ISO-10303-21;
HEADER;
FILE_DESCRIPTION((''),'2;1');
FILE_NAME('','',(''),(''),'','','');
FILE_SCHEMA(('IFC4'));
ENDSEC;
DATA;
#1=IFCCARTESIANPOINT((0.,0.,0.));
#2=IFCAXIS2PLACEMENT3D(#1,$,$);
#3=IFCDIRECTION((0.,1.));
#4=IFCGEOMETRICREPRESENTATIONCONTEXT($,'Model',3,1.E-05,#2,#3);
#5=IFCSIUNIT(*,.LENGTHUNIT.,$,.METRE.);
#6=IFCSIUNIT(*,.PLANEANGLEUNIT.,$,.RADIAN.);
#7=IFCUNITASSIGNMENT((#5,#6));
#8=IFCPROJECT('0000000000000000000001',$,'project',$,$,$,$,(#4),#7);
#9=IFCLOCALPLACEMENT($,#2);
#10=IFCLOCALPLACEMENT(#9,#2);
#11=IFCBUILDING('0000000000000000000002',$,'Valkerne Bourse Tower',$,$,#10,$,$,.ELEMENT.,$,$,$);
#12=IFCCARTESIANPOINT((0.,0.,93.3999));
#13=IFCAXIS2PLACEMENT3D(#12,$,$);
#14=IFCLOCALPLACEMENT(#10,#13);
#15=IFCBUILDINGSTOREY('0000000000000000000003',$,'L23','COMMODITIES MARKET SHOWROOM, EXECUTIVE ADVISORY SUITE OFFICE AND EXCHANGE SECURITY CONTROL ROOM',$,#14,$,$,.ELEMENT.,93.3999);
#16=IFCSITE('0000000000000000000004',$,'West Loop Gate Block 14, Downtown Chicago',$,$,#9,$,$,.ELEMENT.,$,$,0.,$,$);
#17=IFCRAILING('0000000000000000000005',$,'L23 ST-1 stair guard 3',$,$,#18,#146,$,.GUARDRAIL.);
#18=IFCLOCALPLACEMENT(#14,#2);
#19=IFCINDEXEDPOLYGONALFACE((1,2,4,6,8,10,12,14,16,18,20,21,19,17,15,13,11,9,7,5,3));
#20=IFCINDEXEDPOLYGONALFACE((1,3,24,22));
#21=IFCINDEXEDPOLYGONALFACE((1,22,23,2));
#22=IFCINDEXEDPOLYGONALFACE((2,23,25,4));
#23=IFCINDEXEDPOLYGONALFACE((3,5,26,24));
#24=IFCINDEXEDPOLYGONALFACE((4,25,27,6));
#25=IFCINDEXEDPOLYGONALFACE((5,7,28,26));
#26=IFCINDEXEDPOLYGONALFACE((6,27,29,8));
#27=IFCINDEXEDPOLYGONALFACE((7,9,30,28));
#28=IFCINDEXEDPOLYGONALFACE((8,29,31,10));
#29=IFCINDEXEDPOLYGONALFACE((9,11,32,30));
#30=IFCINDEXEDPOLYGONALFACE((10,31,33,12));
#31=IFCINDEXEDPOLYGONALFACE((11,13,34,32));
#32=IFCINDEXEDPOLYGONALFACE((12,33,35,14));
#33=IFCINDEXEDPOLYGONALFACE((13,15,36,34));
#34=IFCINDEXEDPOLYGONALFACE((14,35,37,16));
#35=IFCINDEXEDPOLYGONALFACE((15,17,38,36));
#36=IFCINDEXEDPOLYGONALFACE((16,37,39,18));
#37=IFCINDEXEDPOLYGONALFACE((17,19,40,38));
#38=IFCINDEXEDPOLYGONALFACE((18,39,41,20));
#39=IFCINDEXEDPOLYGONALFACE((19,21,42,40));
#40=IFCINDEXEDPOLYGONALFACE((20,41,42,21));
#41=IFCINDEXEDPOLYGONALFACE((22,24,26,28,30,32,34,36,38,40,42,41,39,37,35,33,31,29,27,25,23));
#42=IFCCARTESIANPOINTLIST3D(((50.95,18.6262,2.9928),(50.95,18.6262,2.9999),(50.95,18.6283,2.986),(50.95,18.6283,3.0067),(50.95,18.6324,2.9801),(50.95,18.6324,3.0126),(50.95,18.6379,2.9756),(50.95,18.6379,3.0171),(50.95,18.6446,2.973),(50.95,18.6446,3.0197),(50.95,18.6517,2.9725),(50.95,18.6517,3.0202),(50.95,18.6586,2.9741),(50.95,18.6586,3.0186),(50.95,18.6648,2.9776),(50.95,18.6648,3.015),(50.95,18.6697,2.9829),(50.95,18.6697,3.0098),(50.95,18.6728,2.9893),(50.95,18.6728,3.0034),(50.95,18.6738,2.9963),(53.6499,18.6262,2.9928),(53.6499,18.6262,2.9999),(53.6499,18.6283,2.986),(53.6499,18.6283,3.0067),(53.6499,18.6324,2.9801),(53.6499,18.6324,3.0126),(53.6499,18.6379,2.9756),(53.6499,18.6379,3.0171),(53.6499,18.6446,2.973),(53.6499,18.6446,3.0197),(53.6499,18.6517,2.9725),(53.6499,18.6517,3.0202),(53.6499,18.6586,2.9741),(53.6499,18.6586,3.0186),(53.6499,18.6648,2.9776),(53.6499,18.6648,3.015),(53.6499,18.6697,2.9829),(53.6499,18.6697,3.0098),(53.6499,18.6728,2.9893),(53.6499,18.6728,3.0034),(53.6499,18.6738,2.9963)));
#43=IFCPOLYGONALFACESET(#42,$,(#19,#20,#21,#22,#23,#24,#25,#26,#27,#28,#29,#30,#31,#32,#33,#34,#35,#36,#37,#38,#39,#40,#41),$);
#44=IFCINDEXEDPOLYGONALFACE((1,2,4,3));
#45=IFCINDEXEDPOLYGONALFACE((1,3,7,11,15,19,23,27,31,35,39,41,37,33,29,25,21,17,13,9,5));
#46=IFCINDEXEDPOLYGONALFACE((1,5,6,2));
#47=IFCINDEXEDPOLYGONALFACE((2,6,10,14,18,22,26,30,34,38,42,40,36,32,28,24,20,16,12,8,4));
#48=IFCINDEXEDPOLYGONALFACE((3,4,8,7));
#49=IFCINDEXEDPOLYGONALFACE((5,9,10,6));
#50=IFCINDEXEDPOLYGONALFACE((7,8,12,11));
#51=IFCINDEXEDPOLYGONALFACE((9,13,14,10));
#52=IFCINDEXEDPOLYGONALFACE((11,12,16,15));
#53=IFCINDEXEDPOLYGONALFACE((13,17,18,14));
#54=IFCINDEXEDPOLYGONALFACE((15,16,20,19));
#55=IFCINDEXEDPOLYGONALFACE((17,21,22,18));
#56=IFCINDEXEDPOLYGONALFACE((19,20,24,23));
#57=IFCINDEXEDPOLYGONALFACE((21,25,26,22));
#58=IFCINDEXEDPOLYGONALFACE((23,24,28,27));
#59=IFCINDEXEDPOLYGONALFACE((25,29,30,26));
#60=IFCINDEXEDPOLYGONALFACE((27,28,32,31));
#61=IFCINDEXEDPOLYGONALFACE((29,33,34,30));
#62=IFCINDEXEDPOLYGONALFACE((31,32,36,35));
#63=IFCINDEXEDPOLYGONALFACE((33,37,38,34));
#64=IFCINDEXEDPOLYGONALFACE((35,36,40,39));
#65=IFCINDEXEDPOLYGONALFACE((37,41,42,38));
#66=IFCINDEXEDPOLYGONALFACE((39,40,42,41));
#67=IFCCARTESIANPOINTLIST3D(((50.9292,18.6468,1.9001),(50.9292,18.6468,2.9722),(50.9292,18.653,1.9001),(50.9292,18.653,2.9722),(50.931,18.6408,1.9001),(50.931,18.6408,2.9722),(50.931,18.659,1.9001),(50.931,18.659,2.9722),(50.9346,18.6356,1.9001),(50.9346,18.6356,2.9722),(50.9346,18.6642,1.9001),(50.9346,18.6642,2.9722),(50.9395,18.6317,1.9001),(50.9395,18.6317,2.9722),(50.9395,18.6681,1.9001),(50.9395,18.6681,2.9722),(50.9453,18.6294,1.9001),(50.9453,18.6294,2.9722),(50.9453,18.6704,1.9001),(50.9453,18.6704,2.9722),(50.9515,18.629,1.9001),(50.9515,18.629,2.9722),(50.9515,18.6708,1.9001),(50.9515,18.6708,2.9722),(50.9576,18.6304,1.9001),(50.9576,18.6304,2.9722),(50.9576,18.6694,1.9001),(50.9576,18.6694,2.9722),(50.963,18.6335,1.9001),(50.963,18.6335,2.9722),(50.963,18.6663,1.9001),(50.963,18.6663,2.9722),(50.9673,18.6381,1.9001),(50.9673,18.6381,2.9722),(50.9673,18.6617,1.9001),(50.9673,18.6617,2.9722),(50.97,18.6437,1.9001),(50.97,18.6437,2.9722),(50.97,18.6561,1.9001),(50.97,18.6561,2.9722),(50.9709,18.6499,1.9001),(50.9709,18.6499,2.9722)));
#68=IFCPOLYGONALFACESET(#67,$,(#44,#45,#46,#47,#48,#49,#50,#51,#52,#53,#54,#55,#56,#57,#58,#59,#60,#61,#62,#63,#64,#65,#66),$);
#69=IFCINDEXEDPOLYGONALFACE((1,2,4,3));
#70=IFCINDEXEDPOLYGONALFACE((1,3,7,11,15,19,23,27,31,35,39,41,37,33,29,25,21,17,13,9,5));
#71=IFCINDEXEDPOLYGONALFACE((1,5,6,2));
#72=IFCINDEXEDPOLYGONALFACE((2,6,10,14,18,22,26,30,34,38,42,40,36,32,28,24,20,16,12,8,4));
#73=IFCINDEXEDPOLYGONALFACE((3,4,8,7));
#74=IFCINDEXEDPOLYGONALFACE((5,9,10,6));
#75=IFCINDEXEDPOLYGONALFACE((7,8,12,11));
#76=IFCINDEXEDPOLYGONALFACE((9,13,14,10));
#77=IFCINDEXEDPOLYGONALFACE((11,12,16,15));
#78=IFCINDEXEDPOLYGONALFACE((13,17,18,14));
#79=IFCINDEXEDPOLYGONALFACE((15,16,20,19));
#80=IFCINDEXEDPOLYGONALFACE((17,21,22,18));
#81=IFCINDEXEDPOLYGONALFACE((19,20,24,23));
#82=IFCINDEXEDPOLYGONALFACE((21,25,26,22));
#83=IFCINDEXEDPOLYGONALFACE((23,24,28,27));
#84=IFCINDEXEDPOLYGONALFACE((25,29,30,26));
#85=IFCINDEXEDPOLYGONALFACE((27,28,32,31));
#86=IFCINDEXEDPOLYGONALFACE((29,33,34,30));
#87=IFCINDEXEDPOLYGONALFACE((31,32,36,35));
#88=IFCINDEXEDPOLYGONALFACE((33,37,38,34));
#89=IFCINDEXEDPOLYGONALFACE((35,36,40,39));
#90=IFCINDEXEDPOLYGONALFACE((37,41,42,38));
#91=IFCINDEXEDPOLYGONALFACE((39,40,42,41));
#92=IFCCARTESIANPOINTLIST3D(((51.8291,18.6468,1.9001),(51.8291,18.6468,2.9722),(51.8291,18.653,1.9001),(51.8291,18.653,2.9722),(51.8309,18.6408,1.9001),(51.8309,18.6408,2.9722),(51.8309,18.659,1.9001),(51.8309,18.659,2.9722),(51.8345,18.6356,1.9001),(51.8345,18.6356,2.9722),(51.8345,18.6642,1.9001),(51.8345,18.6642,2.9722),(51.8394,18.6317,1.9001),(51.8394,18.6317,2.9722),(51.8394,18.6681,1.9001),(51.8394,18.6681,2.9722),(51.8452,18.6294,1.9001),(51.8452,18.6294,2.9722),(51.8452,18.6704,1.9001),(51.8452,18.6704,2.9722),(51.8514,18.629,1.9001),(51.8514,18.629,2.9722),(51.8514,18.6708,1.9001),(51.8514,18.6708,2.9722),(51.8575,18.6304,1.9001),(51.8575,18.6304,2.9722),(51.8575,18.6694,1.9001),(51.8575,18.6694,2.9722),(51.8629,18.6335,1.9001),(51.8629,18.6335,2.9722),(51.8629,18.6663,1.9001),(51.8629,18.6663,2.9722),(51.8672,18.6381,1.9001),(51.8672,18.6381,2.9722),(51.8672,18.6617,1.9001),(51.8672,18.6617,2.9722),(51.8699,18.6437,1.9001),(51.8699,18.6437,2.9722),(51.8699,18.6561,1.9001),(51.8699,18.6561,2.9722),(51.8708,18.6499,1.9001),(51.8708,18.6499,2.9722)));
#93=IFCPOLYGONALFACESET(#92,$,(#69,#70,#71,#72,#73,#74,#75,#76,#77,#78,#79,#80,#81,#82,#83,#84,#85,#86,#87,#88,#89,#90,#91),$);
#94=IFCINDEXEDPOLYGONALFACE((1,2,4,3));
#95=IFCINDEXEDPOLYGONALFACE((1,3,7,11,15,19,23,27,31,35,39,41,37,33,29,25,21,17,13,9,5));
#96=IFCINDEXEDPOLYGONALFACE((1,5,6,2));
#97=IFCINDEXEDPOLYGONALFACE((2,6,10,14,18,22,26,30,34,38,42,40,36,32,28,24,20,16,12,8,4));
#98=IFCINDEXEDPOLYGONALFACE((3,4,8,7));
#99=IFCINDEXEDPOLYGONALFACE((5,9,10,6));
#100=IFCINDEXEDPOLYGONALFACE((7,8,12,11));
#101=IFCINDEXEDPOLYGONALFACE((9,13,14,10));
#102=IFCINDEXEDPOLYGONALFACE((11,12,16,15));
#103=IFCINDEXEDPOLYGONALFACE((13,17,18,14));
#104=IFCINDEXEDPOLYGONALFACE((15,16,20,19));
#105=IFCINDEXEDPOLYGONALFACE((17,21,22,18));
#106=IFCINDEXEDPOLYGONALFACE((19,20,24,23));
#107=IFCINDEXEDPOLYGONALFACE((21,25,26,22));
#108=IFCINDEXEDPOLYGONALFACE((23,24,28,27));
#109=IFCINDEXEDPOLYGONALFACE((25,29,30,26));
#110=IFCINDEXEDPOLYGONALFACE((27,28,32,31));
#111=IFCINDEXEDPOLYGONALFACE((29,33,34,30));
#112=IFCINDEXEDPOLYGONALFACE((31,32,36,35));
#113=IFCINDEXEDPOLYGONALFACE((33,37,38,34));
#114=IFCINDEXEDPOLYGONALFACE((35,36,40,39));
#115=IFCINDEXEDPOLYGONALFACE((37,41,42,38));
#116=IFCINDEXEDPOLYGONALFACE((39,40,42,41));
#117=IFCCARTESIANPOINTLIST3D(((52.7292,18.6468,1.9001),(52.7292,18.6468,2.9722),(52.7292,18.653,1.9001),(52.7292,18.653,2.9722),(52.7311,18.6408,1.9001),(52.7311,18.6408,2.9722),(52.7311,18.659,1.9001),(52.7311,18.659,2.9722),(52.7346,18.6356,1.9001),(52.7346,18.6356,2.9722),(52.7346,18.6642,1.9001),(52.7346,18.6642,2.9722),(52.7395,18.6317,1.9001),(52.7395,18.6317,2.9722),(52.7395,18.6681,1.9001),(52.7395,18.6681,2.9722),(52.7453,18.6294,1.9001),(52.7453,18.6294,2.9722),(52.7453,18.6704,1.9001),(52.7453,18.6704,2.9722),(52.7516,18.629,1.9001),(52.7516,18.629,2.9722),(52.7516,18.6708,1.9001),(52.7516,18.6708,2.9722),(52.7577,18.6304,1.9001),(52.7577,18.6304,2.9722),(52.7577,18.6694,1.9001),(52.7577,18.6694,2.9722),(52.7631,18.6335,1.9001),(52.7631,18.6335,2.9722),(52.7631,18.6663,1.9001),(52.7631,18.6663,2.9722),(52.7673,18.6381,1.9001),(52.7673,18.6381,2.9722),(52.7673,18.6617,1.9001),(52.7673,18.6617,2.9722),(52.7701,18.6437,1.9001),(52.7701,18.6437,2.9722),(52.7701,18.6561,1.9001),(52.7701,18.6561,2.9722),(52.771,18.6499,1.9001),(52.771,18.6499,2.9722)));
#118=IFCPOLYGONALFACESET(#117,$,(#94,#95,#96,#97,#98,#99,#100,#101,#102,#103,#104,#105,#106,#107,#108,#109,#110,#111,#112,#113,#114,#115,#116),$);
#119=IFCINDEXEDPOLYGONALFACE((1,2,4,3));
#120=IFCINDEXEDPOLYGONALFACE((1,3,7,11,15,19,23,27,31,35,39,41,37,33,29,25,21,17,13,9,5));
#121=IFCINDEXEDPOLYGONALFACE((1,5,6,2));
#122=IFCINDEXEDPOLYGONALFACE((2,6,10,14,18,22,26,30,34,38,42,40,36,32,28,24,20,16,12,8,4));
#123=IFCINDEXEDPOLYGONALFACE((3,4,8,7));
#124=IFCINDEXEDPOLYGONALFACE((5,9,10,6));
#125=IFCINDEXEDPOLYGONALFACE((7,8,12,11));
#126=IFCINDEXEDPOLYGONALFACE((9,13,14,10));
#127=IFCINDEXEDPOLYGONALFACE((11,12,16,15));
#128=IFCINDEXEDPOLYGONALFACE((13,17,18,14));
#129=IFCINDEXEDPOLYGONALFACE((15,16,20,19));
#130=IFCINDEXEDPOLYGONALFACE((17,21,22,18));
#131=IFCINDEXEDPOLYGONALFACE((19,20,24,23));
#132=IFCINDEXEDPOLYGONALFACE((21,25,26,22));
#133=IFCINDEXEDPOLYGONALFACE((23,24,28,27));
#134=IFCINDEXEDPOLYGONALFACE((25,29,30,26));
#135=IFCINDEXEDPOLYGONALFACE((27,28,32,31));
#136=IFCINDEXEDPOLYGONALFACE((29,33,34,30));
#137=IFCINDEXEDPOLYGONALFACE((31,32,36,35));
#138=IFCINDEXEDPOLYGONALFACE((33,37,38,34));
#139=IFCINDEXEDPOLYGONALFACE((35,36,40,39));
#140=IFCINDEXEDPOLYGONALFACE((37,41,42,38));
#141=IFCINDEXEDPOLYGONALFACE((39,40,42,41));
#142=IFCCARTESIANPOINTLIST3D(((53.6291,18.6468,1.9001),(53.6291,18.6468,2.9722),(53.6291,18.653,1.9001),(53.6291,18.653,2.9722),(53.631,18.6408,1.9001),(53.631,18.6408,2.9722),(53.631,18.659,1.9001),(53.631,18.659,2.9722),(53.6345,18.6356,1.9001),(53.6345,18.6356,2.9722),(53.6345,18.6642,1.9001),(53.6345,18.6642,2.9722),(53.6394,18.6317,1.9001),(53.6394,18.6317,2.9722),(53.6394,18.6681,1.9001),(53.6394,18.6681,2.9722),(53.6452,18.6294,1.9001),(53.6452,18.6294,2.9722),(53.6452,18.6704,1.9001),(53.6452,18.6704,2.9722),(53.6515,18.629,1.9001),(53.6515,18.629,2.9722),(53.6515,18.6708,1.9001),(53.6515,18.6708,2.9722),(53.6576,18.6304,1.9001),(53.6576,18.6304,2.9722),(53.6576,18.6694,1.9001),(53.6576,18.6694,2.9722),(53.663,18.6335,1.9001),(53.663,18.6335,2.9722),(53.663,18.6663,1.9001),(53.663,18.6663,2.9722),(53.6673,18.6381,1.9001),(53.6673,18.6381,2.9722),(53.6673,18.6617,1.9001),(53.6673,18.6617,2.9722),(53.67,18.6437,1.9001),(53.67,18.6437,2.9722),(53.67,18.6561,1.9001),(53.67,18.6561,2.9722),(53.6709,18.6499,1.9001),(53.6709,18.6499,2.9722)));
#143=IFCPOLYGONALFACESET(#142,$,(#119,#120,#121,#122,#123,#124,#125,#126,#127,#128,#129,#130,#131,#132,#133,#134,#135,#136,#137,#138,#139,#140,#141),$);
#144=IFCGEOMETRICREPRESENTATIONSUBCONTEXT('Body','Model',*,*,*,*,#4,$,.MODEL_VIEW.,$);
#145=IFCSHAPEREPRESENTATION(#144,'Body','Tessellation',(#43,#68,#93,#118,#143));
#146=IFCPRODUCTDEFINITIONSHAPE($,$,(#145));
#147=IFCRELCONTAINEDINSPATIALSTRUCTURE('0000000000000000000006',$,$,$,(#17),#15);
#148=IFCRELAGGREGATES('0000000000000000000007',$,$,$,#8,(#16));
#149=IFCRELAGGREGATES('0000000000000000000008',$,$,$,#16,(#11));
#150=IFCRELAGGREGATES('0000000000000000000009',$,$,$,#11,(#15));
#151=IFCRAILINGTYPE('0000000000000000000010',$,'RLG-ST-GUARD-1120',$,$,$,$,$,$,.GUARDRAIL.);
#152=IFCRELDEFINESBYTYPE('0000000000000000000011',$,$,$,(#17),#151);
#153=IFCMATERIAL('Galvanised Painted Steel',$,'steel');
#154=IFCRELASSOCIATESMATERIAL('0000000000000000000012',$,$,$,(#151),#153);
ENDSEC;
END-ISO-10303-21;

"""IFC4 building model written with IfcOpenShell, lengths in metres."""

from ifc_helpers import new_model, si_unit, direction, frame, origin, origin_2d, place, context, subcontext, project, spatial, circle, extrude, material, type_object, element, save


model = new_model("IFC4")

# Units and contexts
model_context = context("Model", 3, precision=1e-05, world=origin(), true_north=direction((0.0, 1.0)))
body_context = subcontext(model_context, "Body", "Model", "MODEL_VIEW")
ifc_project = project(units=[si_unit("LENGTHUNIT", "METRE"), si_unit("PLANEANGLEUNIT", "RADIAN")], contexts=[model_context])

# Site, building, storey
site_placement = place(None, origin())
site = spatial("IfcSite", under=ifc_project, at=site_placement, Name="West Loop Gate Block 14, Downtown Chicago", CompositionType="ELEMENT", RefElevation=0.0)
building_placement = place(site_placement, origin())
building = spatial("IfcBuilding", under=site, at=building_placement, Name="Valkerne Bourse Tower", CompositionType="ELEMENT")
storey_placement = place(building_placement, frame((0.0, 0.0, 93.3999)))
storey = spatial("IfcBuildingStorey", under=building, at=storey_placement, Name="L23", Description="COMMODITIES MARKET SHOWROOM, EXECUTIVE ADVISORY SUITE OFFICE AND EXCHANGE SECURITY CONTROL ROOM", CompositionType="ELEMENT", Elevation=93.3999)

# Shared definitions
ifc_material_1 = material(Name="Galvanised Painted Steel", Category="steel")

# Railing
railing_type_1 = type_object("IfcRailingType", Name="RLG-ST-GUARD-1120", PredefinedType="GUARDRAIL", material=ifc_material_1)
for number, where, name in (
    (1, (50.95, 18.6499, 1.9001), "L23 ST-1 stair guard 3"),
):
    element("IfcRailing", number, at=place(storey_placement, frame(where)), inside=storey, type_object=railing_type_1, Name=name, PredefinedType="GUARDRAIL", context=body_context, shape_type="SweptSolid", body=[
        extrude(circle(Radius=0.0239, at=origin_2d()), frame((0.0, 0.0, 1.0962), z_axis=(1.0, 0.0, 0.0), x_axis=(0.0, 1.0, 0.0)), (0.0, 0.0, 1.0), 2.7),
        extrude(circle(Radius=0.021, at=origin_2d()), origin(), (0.0, 0.0, 1.0), 1.072),
        extrude(circle(Radius=0.021, at=origin_2d()), frame((0.8999, 0.0, 0.0)), (0.0, 0.0, 1.0), 1.072),
        extrude(circle(Radius=0.021, at=origin_2d()), frame((1.8, 0.0, 0.0)), (0.0, 0.0, 1.0), 1.072),
        extrude(circle(Radius=0.021, at=origin_2d()), frame((2.7, 0.0, 0.0)), (0.0, 0.0, 1.0), 1.072),
    ])

save(model, "model.ifc")
